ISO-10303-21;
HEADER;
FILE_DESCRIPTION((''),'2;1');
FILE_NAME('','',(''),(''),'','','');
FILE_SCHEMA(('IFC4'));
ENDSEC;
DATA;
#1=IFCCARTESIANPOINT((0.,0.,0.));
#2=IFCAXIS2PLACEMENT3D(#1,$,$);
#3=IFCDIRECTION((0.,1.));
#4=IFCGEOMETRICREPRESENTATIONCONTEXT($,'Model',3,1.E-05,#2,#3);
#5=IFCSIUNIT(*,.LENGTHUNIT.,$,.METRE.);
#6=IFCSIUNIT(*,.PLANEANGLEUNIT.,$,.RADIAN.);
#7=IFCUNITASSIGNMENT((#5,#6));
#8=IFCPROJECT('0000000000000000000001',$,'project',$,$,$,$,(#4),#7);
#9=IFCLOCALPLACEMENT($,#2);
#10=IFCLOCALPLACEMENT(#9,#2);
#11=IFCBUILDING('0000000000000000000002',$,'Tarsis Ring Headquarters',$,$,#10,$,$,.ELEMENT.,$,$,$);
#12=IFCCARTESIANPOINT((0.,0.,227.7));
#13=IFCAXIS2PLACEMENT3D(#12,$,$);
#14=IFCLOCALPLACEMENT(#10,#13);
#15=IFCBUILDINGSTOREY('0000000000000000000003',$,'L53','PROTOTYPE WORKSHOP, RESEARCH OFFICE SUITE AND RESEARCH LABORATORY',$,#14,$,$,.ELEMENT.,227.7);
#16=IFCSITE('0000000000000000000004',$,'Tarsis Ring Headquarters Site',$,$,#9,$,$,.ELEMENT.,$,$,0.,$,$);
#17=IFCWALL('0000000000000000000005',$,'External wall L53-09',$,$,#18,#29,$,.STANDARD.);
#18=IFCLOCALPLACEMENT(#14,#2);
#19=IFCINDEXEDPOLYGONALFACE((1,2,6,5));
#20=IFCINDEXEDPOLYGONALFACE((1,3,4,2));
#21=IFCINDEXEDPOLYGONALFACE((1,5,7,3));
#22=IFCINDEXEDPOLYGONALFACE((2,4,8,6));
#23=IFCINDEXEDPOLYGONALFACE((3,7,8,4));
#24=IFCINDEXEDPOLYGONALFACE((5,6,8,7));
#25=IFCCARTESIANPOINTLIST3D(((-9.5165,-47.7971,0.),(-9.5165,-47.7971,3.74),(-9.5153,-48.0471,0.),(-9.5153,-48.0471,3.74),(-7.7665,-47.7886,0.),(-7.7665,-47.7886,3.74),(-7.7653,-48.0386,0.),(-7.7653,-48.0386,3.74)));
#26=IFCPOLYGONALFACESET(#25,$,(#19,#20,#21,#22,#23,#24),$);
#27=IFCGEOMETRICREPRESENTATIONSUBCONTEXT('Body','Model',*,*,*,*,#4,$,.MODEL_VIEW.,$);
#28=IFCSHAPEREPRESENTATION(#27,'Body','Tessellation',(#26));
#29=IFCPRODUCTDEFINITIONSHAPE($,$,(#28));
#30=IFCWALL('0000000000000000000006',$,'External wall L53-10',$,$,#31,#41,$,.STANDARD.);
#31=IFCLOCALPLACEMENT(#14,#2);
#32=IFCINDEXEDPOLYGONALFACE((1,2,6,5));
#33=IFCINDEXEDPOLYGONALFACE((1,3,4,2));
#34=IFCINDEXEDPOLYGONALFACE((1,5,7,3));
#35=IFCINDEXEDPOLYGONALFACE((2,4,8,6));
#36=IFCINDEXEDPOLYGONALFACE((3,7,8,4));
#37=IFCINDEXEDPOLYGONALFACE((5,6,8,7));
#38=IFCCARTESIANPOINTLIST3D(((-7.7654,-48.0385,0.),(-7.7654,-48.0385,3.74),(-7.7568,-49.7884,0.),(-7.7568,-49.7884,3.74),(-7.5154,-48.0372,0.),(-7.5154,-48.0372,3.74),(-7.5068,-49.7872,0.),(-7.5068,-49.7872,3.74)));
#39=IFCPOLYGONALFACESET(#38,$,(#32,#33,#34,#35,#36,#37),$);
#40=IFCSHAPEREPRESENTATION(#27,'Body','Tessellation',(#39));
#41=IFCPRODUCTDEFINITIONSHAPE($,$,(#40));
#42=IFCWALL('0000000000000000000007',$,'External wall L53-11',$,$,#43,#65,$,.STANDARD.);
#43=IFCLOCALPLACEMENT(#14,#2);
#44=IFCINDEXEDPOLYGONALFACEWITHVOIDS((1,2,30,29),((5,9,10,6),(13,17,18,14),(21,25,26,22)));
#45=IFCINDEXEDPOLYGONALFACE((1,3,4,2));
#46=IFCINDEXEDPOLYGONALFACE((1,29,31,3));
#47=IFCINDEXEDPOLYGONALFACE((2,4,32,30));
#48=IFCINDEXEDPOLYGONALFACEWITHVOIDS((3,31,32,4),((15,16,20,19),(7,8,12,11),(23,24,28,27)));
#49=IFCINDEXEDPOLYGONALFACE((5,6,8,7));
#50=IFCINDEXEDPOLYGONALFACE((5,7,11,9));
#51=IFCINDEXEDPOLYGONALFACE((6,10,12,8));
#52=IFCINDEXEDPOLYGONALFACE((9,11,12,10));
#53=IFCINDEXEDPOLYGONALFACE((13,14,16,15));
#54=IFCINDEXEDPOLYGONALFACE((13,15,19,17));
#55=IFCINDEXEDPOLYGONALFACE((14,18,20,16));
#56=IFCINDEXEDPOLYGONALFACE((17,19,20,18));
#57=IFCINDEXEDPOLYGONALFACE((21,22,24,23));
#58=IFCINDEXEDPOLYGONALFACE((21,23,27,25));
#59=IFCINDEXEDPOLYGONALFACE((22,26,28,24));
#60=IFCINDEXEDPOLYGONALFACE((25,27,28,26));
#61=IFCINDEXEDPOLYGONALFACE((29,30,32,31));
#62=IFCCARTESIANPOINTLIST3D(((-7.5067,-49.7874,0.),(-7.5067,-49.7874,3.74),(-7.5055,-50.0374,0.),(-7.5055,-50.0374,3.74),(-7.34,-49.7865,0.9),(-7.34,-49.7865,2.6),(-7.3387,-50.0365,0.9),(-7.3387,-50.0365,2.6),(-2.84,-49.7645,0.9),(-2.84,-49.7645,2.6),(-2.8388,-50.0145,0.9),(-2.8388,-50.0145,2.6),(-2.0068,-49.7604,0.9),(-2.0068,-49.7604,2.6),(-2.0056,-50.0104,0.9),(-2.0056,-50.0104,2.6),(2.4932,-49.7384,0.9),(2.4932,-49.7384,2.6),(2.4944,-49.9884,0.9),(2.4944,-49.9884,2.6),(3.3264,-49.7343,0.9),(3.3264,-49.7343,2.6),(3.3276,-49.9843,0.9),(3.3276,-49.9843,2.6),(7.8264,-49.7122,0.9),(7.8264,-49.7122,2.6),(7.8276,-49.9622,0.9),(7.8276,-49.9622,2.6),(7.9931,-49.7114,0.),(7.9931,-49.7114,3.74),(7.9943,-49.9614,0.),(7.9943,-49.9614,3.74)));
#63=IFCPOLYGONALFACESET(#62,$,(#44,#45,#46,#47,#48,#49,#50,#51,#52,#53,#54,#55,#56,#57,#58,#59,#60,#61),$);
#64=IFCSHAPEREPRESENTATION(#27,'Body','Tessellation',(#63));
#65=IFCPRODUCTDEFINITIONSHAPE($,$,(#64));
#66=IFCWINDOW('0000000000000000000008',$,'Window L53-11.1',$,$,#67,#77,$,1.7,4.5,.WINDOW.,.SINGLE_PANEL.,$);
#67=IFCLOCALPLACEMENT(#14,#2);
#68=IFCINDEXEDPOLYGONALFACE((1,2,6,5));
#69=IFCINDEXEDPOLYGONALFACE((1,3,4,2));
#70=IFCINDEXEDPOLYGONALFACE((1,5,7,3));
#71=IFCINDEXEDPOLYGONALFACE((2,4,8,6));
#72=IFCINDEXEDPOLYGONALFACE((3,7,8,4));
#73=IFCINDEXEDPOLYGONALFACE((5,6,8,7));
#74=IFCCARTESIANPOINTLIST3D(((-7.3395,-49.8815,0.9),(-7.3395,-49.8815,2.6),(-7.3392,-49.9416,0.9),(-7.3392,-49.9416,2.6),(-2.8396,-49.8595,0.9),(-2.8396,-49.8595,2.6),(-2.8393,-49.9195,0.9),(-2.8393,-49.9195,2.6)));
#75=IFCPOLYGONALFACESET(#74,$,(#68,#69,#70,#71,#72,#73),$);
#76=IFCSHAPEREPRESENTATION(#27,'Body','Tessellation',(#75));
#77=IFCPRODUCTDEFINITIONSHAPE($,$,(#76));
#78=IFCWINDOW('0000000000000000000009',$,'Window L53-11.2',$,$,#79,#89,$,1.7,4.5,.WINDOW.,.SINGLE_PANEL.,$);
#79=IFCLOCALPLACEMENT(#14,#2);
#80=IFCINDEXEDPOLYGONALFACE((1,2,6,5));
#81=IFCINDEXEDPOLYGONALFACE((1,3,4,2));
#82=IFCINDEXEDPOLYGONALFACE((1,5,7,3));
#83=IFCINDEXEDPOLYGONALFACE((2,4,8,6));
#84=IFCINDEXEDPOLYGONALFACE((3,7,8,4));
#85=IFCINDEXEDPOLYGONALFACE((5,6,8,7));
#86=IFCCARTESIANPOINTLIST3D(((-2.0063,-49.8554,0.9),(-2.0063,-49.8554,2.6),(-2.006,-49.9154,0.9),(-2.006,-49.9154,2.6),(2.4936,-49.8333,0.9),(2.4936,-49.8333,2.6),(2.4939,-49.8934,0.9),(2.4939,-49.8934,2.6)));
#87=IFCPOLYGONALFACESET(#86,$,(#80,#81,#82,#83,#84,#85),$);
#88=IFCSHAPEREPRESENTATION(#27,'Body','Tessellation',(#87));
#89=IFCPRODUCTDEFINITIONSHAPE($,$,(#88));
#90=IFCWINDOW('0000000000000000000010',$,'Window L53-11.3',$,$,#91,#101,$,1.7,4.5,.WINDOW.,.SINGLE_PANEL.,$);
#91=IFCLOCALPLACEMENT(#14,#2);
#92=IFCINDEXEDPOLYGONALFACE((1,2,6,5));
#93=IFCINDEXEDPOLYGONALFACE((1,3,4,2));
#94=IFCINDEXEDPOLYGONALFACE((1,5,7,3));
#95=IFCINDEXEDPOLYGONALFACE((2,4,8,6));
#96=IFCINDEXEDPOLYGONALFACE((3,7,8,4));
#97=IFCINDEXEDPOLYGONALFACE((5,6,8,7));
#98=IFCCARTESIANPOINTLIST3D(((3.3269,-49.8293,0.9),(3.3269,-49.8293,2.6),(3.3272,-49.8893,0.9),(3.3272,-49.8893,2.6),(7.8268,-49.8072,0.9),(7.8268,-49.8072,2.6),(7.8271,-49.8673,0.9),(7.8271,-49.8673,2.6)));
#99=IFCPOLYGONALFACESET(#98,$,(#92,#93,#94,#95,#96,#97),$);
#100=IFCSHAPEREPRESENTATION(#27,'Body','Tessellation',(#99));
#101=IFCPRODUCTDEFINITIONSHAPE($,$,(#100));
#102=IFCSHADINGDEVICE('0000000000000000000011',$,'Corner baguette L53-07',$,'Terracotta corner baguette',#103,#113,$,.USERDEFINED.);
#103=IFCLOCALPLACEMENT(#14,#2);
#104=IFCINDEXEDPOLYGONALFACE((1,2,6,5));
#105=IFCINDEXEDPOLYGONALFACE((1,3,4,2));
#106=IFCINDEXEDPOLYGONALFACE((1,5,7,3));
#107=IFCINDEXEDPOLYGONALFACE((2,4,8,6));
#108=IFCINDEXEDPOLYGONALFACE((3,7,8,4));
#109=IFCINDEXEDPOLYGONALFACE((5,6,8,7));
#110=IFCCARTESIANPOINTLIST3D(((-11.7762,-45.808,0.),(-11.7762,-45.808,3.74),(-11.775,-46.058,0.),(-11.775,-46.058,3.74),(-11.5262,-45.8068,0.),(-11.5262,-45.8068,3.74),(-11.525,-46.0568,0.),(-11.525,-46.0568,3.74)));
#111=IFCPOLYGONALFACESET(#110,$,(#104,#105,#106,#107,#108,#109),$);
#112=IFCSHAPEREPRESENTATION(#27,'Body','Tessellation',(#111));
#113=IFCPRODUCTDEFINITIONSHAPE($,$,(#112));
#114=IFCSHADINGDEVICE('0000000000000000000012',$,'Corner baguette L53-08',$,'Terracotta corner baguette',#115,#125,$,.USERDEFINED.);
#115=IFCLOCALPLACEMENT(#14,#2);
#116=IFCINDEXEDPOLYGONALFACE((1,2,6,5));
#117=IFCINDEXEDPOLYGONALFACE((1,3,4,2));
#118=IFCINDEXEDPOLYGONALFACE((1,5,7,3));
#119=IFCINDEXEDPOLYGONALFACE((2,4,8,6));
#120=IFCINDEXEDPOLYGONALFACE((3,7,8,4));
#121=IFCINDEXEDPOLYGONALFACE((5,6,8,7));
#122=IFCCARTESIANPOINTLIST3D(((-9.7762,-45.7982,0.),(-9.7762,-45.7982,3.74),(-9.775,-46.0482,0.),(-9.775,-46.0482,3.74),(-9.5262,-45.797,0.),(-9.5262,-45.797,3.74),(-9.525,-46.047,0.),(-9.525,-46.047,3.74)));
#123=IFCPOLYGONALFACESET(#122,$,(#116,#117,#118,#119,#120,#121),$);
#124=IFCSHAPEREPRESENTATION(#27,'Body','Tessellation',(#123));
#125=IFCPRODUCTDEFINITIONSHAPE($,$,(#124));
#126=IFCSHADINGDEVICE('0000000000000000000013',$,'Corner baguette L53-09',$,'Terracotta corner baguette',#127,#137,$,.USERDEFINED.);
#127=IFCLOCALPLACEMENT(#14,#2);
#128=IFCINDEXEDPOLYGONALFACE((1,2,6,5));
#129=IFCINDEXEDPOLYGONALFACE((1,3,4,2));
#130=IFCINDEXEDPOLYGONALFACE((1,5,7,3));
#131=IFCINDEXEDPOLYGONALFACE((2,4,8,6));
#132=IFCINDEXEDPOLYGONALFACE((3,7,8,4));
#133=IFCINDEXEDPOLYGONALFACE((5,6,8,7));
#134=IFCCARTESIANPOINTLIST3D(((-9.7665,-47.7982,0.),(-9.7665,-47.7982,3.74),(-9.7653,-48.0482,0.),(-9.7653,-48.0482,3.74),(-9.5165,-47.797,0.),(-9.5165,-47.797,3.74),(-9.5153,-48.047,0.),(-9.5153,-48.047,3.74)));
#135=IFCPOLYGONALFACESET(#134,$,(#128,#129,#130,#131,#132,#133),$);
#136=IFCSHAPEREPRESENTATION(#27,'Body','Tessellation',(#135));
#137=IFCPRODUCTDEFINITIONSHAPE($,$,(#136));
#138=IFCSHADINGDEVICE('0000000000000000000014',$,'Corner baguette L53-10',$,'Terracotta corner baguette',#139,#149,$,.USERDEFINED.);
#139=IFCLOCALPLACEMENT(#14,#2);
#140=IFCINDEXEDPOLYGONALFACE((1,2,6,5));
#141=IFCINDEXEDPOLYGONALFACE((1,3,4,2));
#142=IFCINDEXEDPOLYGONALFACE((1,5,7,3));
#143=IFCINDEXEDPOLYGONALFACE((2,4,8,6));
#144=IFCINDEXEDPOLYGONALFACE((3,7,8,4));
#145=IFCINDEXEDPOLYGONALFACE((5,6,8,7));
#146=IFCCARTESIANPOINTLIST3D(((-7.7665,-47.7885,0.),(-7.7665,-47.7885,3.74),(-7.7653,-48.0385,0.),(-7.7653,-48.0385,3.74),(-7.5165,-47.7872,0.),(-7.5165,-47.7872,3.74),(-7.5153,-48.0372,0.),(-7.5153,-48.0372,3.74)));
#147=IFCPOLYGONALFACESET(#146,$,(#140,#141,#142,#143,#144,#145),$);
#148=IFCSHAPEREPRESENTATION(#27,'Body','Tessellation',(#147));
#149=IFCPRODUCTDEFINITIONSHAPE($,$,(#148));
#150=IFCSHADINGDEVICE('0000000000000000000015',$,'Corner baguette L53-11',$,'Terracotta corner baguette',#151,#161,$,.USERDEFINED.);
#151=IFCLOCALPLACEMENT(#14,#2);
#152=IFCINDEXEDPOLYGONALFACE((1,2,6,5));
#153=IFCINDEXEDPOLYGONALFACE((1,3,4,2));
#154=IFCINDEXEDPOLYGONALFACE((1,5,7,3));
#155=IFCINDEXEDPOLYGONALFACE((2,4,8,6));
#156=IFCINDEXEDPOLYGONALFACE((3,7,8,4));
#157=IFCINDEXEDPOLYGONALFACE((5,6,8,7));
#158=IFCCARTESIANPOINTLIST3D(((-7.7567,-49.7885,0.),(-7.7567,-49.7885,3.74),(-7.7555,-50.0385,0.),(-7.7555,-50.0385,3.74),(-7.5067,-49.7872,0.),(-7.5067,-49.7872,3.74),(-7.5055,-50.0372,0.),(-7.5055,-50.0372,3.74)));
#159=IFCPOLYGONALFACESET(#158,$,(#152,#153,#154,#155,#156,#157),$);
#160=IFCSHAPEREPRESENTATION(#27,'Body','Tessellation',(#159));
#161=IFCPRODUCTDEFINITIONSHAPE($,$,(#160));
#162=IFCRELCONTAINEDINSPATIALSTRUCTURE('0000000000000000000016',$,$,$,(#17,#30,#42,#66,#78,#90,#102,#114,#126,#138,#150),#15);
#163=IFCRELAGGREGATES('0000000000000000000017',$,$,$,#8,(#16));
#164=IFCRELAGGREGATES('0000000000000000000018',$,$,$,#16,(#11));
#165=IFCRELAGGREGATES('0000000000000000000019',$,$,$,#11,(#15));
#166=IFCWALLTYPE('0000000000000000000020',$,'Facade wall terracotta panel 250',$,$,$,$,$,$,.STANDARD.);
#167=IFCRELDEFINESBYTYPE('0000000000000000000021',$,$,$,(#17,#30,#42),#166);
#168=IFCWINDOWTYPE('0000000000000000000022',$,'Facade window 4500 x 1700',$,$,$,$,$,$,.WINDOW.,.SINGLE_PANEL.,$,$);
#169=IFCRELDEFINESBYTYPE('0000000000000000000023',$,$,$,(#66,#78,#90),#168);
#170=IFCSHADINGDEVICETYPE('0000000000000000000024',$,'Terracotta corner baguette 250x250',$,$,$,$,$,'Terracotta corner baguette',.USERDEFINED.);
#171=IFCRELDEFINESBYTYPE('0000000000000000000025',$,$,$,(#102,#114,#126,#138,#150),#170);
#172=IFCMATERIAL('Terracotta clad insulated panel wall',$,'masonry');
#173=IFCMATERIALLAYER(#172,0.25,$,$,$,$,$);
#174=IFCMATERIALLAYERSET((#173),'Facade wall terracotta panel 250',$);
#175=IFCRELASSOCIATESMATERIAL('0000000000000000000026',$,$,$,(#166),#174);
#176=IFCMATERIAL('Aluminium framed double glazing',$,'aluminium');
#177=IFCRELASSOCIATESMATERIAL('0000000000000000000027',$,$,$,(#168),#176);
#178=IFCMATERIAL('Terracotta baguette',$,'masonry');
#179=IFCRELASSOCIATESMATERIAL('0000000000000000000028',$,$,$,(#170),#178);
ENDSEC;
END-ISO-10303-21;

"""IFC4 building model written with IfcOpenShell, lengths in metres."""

from ifc_helpers import new_model, si_unit, direction, frame, frame_2d, origin, origin_2d, place, context, subcontext, project, spatial, rectangle, extrude, material, layer, layer_set, type_object, element, fill, save


model = new_model("IFC4")

# Units and contexts
model_context = context("Model", 3, precision=1e-05, world=origin(), true_north=direction((0.0, 1.0)))
body_context = subcontext(model_context, "Body", "Model", "MODEL_VIEW")
ifc_project = project(units=[si_unit("LENGTHUNIT", "METRE"), si_unit("PLANEANGLEUNIT", "RADIAN")], contexts=[model_context])

# Site, building, storey
site_placement = place(None, origin())
site = spatial("IfcSite", under=ifc_project, at=site_placement, Name="Tarsis Ring Headquarters Site", CompositionType="ELEMENT", RefElevation=0.0)
building_placement = place(site_placement, origin())
building = spatial("IfcBuilding", under=site, at=building_placement, Name="Tarsis Ring Headquarters", CompositionType="ELEMENT")
storey_placement = place(building_placement, frame((0.0, 0.0, 227.7)))
storey = spatial("IfcBuildingStorey", under=building, at=storey_placement, Name="L53", Description="PROTOTYPE WORKSHOP, RESEARCH OFFICE SUITE AND RESEARCH LABORATORY", CompositionType="ELEMENT", Elevation=227.7)

# Walls
ifc_material_1 = material(Name="Terracotta clad insulated panel wall", Category="masonry")
ifc_layer = layer(ifc_material_1, 0.25)
ifc_layer_set = layer_set([ifc_layer], Name="Facade wall terracotta panel 250")
wall_type = type_object("IfcWallType", Name="Facade wall terracotta panel 250", PredefinedType="STANDARD", material=ifc_layer_set)
for number, where, z_axis, x_axis, name in (
    (1, (-9.5159, -47.9221, 0.0), (0.0, 0.0, 1.0), (0.999988, 0.004883, 0.0), "External wall L53-09"),
    (2, (-7.6404, -48.0378, 0.0), (0.0, 0.0, 1.0), (0.004883, -0.999988, 0.0), "External wall L53-10"),
):
    element("IfcWall", number, at=place(storey_placement, frame(where, z_axis=z_axis, x_axis=x_axis)), inside=storey, type_object=wall_type, Name=name, PredefinedType="STANDARD", context=body_context, shape_type="SweptSolid", body=[
        extrude(rectangle(XDim=1.75, YDim=0.25, at=frame_2d((0.875, 0.0))), origin(), (0.0, 0.0, 1.0), 3.74),
    ])

# Wall, openings, windows
wall_placement = place(storey_placement, frame((-7.5061, -49.9124, 0.0), z_axis=(0.0, 0.0, 1.0), x_axis=(0.999988, 0.004899, 0.0)))
wall = element("IfcWall", 3, at=wall_placement, inside=storey, type_object=wall_type, Name="External wall L53-11", PredefinedType="STANDARD", context=body_context, shape_type="SweptSolid", body=[
    extrude(rectangle(XDim=15.5, YDim=0.25, at=frame_2d((7.75, 0.0))), origin(), (0.0, 0.0, 1.0), 3.74),
])
opening_1_placement = place(wall_placement, frame((0.1667, 0.0, 0.8999)))
opening_1 = element("IfcOpeningElement", 4, at=opening_1_placement, cuts=wall, PredefinedType="OPENING", context=body_context, shape_type="SweptSolid", body=[
    extrude(rectangle(XDim=4.5, YDim=1.7, at=frame_2d((2.25, 0.8501))), frame((0.0, 0.135, 0.0), z_axis=(0.0, -1.0, 0.0), x_axis=(1.0, 0.0, 0.0)), (0.0, 0.0, 1.0), 0.27),
])
opening_2_placement = place(wall_placement, frame((5.5, 0.0, 0.8999)))
opening_2 = element("IfcOpeningElement", 5, at=opening_2_placement, cuts=wall, PredefinedType="OPENING", context=body_context, shape_type="SweptSolid", body=[
    extrude(rectangle(XDim=4.5, YDim=1.7, at=frame_2d((2.25, 0.8501))), frame((0.0, 0.135, 0.0), z_axis=(0.0, -1.0, 0.0), x_axis=(1.0, 0.0, 0.0)), (0.0, 0.0, 1.0), 0.27),
])
opening_3_placement = place(wall_placement, frame((10.8333, 0.0, 0.8999)))
opening_3 = element("IfcOpeningElement", 6, at=opening_3_placement, cuts=wall, PredefinedType="OPENING", context=body_context, shape_type="SweptSolid", body=[
    extrude(rectangle(XDim=4.5, YDim=1.7, at=frame_2d((2.25, 0.8501))), frame((0.0, 0.135, 0.0), z_axis=(0.0, -1.0, 0.0), x_axis=(1.0, 0.0, 0.0)), (0.0, 0.0, 1.0), 0.27),
])
ifc_material_2 = material(Name="Aluminium framed double glazing", Category="aluminium")
window_type = type_object("IfcWindowType", Name="Facade window 4500 x 1700", PartitioningType="SINGLE_PANEL", PredefinedType="WINDOW", material=ifc_material_2)
window_1_placement = place(opening_1_placement, origin())
window_1 = element("IfcWindow", 7, at=window_1_placement, inside=storey, type_object=window_type, Name="Window L53-11.1", OverallHeight=1.7, OverallWidth=4.5, PartitioningType="SINGLE_PANEL", PredefinedType="WINDOW", context=body_context, shape_type="SweptSolid", body=[
    extrude(rectangle(XDim=4.5, YDim=1.7, at=frame_2d((2.25, 0.8501))), frame((0.0, 0.03, 0.0), z_axis=(0.0, -1.0, 0.0), x_axis=(1.0, 0.0, 0.0)), (0.0, 0.0, 1.0), 0.0601),
])
fill(opening_1, window_1)
window_2_placement = place(opening_2_placement, origin())
window_2 = element("IfcWindow", 8, at=window_2_placement, inside=storey, type_object=window_type, Name="Window L53-11.2", OverallHeight=1.7, OverallWidth=4.5, PartitioningType="SINGLE_PANEL", PredefinedType="WINDOW", context=body_context, shape_type="SweptSolid", body=[
    extrude(rectangle(XDim=4.5, YDim=1.7, at=frame_2d((2.25, 0.8501))), frame((0.0, 0.03, 0.0), z_axis=(0.0, -1.0, 0.0), x_axis=(1.0, 0.0, 0.0)), (0.0, 0.0, 1.0), 0.0601),
])
fill(opening_2, window_2)
window_3_placement = place(opening_3_placement, origin())
window_3 = element("IfcWindow", 9, at=window_3_placement, inside=storey, type_object=window_type, Name="Window L53-11.3", OverallHeight=1.7, OverallWidth=4.5, PartitioningType="SINGLE_PANEL", PredefinedType="WINDOW", context=body_context, shape_type="SweptSolid", body=[
    extrude(rectangle(XDim=4.5, YDim=1.7, at=frame_2d((2.25, 0.8501))), frame((0.0, 0.03, 0.0), z_axis=(0.0, -1.0, 0.0), x_axis=(1.0, 0.0, 0.0)), (0.0, 0.0, 1.0), 0.0601),
])
fill(opening_3, window_3)

# Shading devices
ifc_material_3 = material(Name="Terracotta baguette", Category="masonry")
shading_device_type_1 = type_object("IfcShadingDeviceType", Name="Terracotta corner baguette 250x250", ElementType="Terracotta corner baguette", PredefinedType="USERDEFINED", material=ifc_material_3)
for number, where, z_axis, x_axis, name in (
    (10, (-11.6506, -45.9324, 0.0), (0.0, 0.0, 1.0), (0.004887, -0.999988, 0.0), "Corner baguette L53-07"),
    (11, (-9.6506, -45.9226, 0.0), (0.0, 0.0, 1.0), (0.999988, 0.004887, 0.0), "Corner baguette L53-08"),
    (12, (-9.6409, -47.9226, 0.0), (0.0, 0.0, 1.0), (0.004887, -0.999988, 0.0), "Corner baguette L53-09"),
    (13, (-7.6409, -47.9128, 0.0), (0.0, 0.0, 1.0), (0.999988, 0.004887, 0.0), "Corner baguette L53-10"),
    (14, (-7.6311, -49.9128, 0.0), (0.0, 0.0, 1.0), (0.004887, -0.999988, 0.0), "Corner baguette L53-11"),
):
    element("IfcShadingDevice", number, at=place(storey_placement, frame(where, z_axis=z_axis, x_axis=x_axis)), inside=storey, type_object=shading_device_type_1, Name=name, ObjectType="Terracotta corner baguette", PredefinedType="USERDEFINED", context=body_context, shape_type="SweptSolid", body=[
        extrude(rectangle(XDim=0.25, YDim=0.25, at=origin_2d()), origin(), (0.0, 0.0, 1.0), 3.74),
    ])

save(model, "model.ifc")
